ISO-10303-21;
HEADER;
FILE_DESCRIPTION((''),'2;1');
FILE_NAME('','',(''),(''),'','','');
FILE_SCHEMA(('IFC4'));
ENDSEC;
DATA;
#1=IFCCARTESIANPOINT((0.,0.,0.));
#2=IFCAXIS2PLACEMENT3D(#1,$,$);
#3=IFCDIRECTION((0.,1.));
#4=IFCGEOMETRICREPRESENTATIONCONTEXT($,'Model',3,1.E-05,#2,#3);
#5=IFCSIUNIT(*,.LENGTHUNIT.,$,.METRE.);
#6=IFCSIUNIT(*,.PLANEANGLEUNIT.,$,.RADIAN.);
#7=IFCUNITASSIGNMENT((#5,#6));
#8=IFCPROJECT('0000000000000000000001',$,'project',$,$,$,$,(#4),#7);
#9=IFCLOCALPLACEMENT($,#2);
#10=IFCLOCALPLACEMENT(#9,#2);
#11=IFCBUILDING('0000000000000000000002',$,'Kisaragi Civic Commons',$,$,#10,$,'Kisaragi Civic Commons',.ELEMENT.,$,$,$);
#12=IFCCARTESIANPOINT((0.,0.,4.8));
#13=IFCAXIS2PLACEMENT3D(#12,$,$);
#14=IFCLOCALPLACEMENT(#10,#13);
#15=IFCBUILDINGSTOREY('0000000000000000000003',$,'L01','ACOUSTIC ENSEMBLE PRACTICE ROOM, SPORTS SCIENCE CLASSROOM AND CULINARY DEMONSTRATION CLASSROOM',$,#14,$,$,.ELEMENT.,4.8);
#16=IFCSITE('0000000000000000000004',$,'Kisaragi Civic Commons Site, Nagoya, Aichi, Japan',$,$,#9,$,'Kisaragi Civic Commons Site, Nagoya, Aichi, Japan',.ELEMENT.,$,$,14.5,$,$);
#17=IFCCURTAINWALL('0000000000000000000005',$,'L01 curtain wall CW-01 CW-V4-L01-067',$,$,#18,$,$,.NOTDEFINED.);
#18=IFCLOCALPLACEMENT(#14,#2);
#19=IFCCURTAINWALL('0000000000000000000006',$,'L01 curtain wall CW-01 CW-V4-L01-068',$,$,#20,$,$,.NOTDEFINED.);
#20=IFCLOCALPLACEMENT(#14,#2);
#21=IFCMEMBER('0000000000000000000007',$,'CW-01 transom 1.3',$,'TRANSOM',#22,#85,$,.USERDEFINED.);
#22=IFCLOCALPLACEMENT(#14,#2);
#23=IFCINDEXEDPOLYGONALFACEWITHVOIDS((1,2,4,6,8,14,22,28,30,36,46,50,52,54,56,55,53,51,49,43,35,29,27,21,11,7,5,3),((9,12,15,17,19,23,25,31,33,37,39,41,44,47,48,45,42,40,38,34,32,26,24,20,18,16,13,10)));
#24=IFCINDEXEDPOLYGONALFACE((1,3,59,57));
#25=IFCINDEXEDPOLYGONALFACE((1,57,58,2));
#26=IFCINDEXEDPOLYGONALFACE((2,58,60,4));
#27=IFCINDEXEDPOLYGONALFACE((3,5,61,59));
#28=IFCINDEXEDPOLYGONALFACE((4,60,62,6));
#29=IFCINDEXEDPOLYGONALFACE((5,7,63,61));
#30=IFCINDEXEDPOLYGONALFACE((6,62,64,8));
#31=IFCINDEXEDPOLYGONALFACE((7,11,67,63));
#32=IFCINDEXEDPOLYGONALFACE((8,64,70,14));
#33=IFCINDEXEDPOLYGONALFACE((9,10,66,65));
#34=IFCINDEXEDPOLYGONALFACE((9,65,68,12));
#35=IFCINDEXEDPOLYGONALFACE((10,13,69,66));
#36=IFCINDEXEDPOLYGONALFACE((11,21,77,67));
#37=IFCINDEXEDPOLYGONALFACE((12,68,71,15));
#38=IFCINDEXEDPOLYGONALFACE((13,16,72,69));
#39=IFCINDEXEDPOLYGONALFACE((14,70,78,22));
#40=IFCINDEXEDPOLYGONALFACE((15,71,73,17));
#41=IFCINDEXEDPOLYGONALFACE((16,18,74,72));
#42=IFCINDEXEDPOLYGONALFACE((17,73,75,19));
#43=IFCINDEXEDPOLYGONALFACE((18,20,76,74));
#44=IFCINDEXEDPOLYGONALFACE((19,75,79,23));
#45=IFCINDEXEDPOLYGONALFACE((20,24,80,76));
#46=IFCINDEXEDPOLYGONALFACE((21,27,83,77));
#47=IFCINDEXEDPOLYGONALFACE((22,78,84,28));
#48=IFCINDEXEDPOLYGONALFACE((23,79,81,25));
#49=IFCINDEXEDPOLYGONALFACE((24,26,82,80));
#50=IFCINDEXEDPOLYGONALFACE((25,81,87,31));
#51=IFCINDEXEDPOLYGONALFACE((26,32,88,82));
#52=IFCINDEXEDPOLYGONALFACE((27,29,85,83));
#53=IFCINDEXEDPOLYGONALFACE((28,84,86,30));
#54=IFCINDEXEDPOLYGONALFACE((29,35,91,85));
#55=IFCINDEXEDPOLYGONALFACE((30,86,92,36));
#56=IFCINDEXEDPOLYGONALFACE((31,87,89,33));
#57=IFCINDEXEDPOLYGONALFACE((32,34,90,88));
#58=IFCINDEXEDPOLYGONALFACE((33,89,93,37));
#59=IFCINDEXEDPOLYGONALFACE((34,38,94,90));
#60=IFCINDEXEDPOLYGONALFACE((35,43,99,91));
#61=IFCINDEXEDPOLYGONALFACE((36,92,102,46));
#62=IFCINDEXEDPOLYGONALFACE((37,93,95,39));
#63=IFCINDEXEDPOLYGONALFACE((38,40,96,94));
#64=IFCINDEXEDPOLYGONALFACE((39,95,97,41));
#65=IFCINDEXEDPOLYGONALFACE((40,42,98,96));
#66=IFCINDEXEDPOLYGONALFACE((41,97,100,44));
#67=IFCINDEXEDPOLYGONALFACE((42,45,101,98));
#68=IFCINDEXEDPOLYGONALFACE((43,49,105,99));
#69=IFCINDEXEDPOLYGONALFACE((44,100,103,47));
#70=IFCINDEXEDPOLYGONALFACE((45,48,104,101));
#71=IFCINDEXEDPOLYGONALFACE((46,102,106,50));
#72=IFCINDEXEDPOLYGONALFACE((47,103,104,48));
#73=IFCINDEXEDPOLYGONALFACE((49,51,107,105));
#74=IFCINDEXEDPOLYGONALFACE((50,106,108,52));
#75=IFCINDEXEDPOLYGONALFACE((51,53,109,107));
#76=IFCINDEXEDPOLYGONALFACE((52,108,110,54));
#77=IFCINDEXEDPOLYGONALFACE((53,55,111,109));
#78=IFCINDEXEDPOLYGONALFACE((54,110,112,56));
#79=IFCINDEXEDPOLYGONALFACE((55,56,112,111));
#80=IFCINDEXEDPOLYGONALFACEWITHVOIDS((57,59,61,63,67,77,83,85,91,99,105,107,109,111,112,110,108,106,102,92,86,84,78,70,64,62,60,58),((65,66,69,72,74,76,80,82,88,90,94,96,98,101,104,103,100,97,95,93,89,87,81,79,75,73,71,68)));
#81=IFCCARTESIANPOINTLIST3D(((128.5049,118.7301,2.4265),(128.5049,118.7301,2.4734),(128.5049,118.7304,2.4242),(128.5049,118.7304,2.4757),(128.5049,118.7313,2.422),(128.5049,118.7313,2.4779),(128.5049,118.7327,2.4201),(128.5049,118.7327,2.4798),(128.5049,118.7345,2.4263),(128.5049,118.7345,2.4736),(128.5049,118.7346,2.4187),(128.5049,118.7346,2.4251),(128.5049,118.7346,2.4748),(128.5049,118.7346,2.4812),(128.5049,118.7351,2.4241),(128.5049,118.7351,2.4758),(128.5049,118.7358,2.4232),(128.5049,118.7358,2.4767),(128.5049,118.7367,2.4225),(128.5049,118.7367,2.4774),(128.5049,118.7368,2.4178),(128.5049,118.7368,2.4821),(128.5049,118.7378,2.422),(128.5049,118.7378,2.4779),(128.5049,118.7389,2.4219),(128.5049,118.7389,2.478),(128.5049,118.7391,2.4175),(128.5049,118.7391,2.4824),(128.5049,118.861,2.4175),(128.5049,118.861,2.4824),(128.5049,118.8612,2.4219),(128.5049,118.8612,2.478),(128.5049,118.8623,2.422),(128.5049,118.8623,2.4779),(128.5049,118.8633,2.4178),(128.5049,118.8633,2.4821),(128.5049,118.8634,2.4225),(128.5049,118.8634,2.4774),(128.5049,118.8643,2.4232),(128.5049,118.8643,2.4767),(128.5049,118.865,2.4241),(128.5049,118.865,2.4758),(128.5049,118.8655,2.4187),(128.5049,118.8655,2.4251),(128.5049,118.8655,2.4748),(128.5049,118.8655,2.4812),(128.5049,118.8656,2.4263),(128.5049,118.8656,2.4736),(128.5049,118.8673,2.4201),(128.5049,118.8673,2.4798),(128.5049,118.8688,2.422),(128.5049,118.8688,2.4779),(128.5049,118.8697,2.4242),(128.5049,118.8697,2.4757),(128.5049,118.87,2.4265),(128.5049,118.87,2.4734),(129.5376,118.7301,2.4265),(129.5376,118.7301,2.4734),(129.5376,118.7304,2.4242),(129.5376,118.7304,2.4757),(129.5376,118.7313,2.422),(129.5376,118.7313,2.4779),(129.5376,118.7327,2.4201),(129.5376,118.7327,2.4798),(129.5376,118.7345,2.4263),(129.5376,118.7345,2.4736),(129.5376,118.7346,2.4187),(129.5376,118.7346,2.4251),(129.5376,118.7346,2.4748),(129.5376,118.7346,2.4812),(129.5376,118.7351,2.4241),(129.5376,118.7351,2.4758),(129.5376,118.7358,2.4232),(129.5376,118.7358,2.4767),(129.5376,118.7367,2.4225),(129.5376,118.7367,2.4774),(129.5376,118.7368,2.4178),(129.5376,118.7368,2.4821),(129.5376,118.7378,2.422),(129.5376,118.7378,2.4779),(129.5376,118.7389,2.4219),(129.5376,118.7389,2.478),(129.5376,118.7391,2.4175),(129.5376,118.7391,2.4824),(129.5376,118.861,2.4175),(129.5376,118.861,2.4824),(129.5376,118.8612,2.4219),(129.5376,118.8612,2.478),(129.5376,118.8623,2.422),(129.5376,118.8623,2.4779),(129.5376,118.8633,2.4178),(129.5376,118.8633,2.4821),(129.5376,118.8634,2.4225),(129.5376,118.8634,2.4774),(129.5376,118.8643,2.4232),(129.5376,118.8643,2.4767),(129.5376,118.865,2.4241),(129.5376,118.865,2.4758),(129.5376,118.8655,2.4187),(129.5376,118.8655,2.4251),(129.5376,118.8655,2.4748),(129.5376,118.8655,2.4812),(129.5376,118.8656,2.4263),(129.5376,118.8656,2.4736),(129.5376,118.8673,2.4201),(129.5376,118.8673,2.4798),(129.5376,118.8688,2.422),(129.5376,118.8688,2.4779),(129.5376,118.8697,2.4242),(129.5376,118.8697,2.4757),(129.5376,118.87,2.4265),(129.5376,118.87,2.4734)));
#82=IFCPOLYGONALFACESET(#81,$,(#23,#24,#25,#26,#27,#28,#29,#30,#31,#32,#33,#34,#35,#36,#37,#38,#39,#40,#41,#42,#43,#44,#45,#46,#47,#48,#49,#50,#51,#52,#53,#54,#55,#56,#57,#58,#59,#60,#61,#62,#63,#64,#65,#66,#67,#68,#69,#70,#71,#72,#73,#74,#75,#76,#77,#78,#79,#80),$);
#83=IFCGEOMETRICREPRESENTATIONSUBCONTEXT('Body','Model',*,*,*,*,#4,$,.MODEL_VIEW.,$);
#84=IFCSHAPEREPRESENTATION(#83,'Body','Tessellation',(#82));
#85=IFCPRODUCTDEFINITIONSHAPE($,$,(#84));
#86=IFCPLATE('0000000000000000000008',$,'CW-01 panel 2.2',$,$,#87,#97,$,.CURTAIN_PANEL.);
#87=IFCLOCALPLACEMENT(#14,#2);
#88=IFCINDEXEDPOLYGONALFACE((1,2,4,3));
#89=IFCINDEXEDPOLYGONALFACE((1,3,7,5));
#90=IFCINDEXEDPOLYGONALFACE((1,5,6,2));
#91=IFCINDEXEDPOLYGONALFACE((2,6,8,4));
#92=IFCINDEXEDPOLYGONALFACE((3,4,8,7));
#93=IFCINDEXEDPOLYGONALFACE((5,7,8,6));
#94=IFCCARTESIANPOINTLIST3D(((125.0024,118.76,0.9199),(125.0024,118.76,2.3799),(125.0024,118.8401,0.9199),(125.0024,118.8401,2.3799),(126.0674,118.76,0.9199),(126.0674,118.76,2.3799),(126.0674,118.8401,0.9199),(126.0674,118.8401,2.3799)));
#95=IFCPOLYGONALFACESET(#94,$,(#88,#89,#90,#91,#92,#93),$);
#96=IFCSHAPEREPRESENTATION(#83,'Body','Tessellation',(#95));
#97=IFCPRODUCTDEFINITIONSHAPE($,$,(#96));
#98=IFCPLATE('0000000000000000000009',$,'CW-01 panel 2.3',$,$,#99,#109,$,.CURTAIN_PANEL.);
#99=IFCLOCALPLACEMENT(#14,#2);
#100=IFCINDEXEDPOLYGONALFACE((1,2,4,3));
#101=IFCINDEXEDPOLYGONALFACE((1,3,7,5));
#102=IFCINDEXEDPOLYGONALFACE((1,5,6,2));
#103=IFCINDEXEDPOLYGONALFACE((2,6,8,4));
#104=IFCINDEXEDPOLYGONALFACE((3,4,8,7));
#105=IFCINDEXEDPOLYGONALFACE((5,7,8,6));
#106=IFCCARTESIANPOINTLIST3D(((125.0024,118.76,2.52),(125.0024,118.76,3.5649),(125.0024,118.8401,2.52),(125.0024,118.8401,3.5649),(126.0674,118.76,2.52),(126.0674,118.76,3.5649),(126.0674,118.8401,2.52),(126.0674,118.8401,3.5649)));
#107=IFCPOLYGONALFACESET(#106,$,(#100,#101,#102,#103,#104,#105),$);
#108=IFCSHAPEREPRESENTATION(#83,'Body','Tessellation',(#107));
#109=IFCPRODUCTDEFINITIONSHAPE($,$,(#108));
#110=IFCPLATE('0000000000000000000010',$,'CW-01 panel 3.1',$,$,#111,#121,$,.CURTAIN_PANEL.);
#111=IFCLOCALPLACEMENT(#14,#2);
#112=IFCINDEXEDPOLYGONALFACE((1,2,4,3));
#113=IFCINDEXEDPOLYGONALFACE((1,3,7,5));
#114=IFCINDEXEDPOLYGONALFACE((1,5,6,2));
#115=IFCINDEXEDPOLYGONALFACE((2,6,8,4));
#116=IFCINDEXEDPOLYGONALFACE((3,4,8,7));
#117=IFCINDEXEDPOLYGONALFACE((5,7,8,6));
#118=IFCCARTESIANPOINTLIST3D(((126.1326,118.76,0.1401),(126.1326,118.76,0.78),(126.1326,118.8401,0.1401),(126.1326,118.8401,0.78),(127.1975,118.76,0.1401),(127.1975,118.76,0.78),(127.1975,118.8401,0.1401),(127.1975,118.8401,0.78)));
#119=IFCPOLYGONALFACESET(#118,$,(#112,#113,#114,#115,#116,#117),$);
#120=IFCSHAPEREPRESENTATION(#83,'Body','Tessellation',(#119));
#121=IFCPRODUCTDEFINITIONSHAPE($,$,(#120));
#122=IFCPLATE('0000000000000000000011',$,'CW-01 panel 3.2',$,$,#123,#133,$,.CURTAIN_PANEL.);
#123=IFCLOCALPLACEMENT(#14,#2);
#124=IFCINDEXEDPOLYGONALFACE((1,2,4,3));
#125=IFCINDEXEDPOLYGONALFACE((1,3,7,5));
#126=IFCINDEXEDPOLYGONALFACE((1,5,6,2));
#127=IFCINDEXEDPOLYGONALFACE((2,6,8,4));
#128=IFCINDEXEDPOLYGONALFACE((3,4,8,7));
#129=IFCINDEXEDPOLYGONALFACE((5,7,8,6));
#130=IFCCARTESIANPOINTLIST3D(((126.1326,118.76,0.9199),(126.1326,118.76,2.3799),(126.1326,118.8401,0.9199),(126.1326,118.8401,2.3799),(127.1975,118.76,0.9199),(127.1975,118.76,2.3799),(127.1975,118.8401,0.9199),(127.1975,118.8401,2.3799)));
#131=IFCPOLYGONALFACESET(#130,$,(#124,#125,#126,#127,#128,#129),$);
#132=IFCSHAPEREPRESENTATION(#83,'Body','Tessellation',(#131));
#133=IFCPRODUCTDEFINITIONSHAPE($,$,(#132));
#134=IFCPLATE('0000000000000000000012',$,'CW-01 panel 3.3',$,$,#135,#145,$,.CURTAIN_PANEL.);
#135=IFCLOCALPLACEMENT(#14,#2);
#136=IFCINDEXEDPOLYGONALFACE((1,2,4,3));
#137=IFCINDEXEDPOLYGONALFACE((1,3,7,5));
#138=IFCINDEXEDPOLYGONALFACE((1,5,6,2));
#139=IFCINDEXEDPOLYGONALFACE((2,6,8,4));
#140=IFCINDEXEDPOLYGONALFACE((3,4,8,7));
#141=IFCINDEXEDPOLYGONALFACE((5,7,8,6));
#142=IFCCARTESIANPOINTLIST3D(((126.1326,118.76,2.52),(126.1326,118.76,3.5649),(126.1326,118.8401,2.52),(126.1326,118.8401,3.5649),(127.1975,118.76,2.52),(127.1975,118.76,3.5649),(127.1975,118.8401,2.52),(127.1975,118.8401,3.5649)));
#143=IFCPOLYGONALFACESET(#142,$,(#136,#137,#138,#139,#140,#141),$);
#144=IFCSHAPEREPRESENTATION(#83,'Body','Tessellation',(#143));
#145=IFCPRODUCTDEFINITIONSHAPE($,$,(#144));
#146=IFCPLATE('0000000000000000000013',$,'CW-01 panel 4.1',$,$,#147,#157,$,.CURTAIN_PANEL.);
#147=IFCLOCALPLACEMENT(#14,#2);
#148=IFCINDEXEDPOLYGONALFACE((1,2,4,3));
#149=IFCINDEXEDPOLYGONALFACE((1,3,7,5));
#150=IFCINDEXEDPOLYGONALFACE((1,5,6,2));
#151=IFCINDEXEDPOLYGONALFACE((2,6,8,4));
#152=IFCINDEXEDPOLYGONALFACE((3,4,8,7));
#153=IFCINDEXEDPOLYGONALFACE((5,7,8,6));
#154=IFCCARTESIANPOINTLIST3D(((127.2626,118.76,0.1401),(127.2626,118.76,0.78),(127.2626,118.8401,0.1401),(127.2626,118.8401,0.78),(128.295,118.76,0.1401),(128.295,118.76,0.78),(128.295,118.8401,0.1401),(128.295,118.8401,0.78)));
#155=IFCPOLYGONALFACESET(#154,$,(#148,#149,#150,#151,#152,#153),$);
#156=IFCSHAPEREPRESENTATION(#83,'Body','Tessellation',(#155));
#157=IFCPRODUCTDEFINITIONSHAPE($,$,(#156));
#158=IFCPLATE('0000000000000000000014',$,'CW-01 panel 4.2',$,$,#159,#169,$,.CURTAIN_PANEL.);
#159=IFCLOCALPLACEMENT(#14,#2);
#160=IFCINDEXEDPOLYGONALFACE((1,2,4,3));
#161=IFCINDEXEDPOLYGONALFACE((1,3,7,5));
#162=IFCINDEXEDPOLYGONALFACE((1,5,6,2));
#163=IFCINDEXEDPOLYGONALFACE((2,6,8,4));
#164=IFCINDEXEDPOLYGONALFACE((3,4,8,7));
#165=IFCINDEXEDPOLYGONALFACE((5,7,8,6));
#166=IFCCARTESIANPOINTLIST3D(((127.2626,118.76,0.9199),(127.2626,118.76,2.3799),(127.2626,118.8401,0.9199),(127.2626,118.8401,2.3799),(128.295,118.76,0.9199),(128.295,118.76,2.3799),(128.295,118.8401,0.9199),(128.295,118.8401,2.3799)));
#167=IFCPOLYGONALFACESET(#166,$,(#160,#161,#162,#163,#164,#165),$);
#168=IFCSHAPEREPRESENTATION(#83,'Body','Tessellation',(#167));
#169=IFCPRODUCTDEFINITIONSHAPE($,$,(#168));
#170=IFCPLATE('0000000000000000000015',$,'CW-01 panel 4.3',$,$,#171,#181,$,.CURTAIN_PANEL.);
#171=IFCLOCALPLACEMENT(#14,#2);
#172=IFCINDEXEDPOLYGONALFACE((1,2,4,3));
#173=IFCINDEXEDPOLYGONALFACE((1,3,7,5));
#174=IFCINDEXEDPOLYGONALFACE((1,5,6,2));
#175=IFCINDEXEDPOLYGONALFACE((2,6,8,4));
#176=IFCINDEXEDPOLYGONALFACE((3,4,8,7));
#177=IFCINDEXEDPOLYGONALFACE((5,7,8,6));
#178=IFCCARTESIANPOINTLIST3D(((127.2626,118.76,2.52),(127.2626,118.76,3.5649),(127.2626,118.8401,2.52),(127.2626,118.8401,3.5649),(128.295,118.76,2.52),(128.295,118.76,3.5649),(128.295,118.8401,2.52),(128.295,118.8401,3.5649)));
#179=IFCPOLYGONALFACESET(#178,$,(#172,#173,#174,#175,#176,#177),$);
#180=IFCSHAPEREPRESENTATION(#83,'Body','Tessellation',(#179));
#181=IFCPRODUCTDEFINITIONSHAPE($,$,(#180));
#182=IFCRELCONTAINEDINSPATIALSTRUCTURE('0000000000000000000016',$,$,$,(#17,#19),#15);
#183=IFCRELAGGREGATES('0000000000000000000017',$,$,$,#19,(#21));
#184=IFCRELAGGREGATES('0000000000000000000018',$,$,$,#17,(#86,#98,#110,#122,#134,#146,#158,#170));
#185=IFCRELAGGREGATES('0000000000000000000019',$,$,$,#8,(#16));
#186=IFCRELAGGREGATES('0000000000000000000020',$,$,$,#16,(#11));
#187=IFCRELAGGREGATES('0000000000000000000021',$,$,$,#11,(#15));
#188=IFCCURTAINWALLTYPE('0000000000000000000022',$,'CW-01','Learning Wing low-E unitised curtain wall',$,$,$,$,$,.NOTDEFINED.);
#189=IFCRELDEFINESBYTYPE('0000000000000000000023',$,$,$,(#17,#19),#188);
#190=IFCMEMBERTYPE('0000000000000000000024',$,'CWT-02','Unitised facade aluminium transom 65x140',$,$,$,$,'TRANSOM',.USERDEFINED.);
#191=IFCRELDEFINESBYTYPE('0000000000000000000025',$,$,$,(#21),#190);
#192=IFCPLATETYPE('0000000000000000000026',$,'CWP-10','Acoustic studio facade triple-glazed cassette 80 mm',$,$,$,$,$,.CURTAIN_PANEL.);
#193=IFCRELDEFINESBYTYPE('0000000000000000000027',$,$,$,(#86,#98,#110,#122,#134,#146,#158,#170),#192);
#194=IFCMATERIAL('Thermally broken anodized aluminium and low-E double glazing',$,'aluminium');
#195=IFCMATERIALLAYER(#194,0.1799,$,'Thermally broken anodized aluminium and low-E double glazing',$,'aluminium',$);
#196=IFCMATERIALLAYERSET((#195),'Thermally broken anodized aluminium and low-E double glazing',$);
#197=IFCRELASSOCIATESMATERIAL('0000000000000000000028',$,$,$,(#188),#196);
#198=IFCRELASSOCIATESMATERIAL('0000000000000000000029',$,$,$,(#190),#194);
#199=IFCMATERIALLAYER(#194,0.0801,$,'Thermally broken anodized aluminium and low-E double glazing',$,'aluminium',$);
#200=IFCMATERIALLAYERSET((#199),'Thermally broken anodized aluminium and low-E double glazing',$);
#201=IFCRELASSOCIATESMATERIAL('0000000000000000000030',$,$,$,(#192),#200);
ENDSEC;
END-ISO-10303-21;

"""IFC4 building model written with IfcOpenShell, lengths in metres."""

from ifc_helpers import new_model, si_unit, direction, frame, origin, origin_2d, place, context, subcontext, project, spatial, rectangle, hollow_rectangle, extrude, material, layer, layer_set, material_profile, profile_set, type_object, element, aggregate, save


model = new_model("IFC4")

# Units and contexts
model_context = context("Model", 3, precision=1e-05, world=origin(), true_north=direction((0.0, 1.0)))
body_context = subcontext(model_context, "Body", "Model", "MODEL_VIEW")
ifc_project = project(units=[si_unit("LENGTHUNIT", "METRE"), si_unit("PLANEANGLEUNIT", "RADIAN")], contexts=[model_context])

# Site, building, storey
site_placement = place(None, origin())
site = spatial("IfcSite", under=ifc_project, at=site_placement, Name="Kisaragi Civic Commons Site, Nagoya, Aichi, Japan", LongName="Kisaragi Civic Commons Site, Nagoya, Aichi, Japan", CompositionType="ELEMENT", RefElevation=14.5)
building_placement = place(site_placement, origin())
building = spatial("IfcBuilding", under=site, at=building_placement, Name="Kisaragi Civic Commons", LongName="Kisaragi Civic Commons", CompositionType="ELEMENT")
storey_placement = place(building_placement, frame((0.0, 0.0, 4.8)))
storey = spatial("IfcBuildingStorey", under=building, at=storey_placement, Name="L01", Description="ACOUSTIC ENSEMBLE PRACTICE ROOM, SPORTS SCIENCE CLASSROOM AND CULINARY DEMONSTRATION CLASSROOM", CompositionType="ELEMENT", Elevation=4.8)

# Curtain wall
ifc_material = material(Name="Thermally broken anodized aluminium and low-E double glazing", Category="aluminium")
ifc_layer_1 = layer(ifc_material, 0.1799, Name="Thermally broken anodized aluminium and low-E double glazing", Category="aluminium")
ifc_layer_set_1 = layer_set([ifc_layer_1], Name="Thermally broken anodized aluminium and low-E double glazing")
curtain_wall_type = type_object("IfcCurtainWallType", Name="CW-01", Description="Learning Wing low-E unitised curtain wall", PredefinedType="NOTDEFINED", material=ifc_layer_set_1)
curtain_wall_1_placement = place(storey_placement, origin())
curtain_wall_1 = element("IfcCurtainWall", 1, at=curtain_wall_1_placement, inside=storey, type_object=curtain_wall_type, Name="L01 curtain wall CW-01 CW-V4-L01-067", PredefinedType="NOTDEFINED")

# Curtain wall
curtain_wall_2_placement = place(storey_placement, origin())
curtain_wall_2 = element("IfcCurtainWall", 2, at=curtain_wall_2_placement, inside=storey, type_object=curtain_wall_type, Name="L01 curtain wall CW-01 CW-V4-L01-068", PredefinedType="NOTDEFINED")

# Member
ifc_material_profile_1 = material_profile(ifc_material, hollow_rectangle(XDim=0.1399, YDim=0.0649, WallThickness=0.0044, InnerFilletRadius=0.0044, OuterFilletRadius=0.009, at=origin_2d()), Name="CWT-65x140x4.5", Category="aluminium")
ifc_profile_set_1 = profile_set([ifc_material_profile_1], Name="Thermally broken anodized aluminium and low-E double glazing")
member_type_1 = type_object("IfcMemberType", Name="CWT-02", Description="Unitised facade aluminium transom 65x140", ElementType="TRANSOM", PredefinedType="USERDEFINED", material=ifc_profile_set_1)
member_1_placement = place(storey_placement, frame((128.5049, 118.8, 2.45), z_axis=(1.0, 0.0, 0.0), x_axis=(0.0, 1.0, 0.0)))
member_1 = element("IfcMember", 3, at=member_1_placement, type_object=member_type_1, Name="CW-01 transom 1.3", ObjectType="TRANSOM", PredefinedType="USERDEFINED", context=body_context, shape_type="SweptSolid", body=[
    extrude(hollow_rectangle(XDim=0.1399, YDim=0.0649, WallThickness=0.0044, InnerFilletRadius=0.0044, OuterFilletRadius=0.009, at=origin_2d()), origin(), (0.0, 0.0, 1.0), 1.0327),
])
aggregate(curtain_wall_2, [member_1])

# Plates
ifc_layer_2 = layer(ifc_material, 0.0801, Name="Thermally broken anodized aluminium and low-E double glazing", Category="aluminium")
ifc_layer_set_2 = layer_set([ifc_layer_2], Name="Thermally broken anodized aluminium and low-E double glazing")
plate_type = type_object("IfcPlateType", Name="CWP-10", Description="Acoustic studio facade triple-glazed cassette 80 mm", PredefinedType="CURTAIN_PANEL", material=ifc_layer_set_2)
plate_1_placement = place(storey_placement, frame((125.5349, 118.8, 0.9199), z_axis=(0.0, 0.0, 1.0), x_axis=(1.0, 0.0, 0.0)))
plate_1 = element("IfcPlate", 4, at=plate_1_placement, type_object=plate_type, Name="CW-01 panel 2.2", PredefinedType="CURTAIN_PANEL", context=body_context, shape_type="SweptSolid", body=[
    extrude(rectangle(XDim=1.0649, YDim=0.0801, at=origin_2d()), origin(), (0.0, 0.0, 1.0), 1.46),
])
plate_2_placement = place(storey_placement, frame((125.5349, 118.8, 2.52), z_axis=(0.0, 0.0, 1.0), x_axis=(1.0, 0.0, 0.0)))
plate_2 = element("IfcPlate", 5, at=plate_2_placement, type_object=plate_type, Name="CW-01 panel 2.3", PredefinedType="CURTAIN_PANEL", context=body_context, shape_type="SweptSolid", body=[
    extrude(rectangle(XDim=1.0649, YDim=0.0801, at=origin_2d()), origin(), (0.0, 0.0, 1.0), 1.0449),
])
plate_3_placement = place(storey_placement, frame((126.665, 118.8, 0.1401), z_axis=(0.0, 0.0, 1.0), x_axis=(1.0, 0.0, 0.0)))
plate_3 = element("IfcPlate", 6, at=plate_3_placement, type_object=plate_type, Name="CW-01 panel 3.1", PredefinedType="CURTAIN_PANEL", context=body_context, shape_type="SweptSolid", body=[
    extrude(rectangle(XDim=1.0649, YDim=0.0801, at=origin_2d()), origin(), (0.0, 0.0, 1.0), 0.6399),
])
plate_4_placement = place(storey_placement, frame((126.665, 118.8, 0.9199), z_axis=(0.0, 0.0, 1.0), x_axis=(1.0, 0.0, 0.0)))
plate_4 = element("IfcPlate", 7, at=plate_4_placement, type_object=plate_type, Name="CW-01 panel 3.2", PredefinedType="CURTAIN_PANEL", context=body_context, shape_type="SweptSolid", body=[
    extrude(rectangle(XDim=1.0649, YDim=0.0801, at=origin_2d()), origin(), (0.0, 0.0, 1.0), 1.46),
])
plate_5_placement = place(storey_placement, frame((126.665, 118.8, 2.52), z_axis=(0.0, 0.0, 1.0), x_axis=(1.0, 0.0, 0.0)))
plate_5 = element("IfcPlate", 8, at=plate_5_placement, type_object=plate_type, Name="CW-01 panel 3.3", PredefinedType="CURTAIN_PANEL", context=body_context, shape_type="SweptSolid", body=[
    extrude(rectangle(XDim=1.0649, YDim=0.0801, at=origin_2d()), origin(), (0.0, 0.0, 1.0), 1.0449),
])
plate_6_placement = place(storey_placement, frame((127.7788, 118.8, 0.1401), z_axis=(0.0, 0.0, 1.0), x_axis=(1.0, 0.0, 0.0)))
plate_6 = element("IfcPlate", 9, at=plate_6_placement, type_object=plate_type, Name="CW-01 panel 4.1", PredefinedType="CURTAIN_PANEL", context=body_context, shape_type="SweptSolid", body=[
    extrude(rectangle(XDim=1.0325, YDim=0.0801, at=origin_2d()), origin(), (0.0, 0.0, 1.0), 0.6399),
])
plate_7_placement = place(storey_placement, frame((127.7788, 118.8, 0.9199), z_axis=(0.0, 0.0, 1.0), x_axis=(1.0, 0.0, 0.0)))
plate_7 = element("IfcPlate", 10, at=plate_7_placement, type_object=plate_type, Name="CW-01 panel 4.2", PredefinedType="CURTAIN_PANEL", context=body_context, shape_type="SweptSolid", body=[
    extrude(rectangle(XDim=1.0325, YDim=0.0801, at=origin_2d()), origin(), (0.0, 0.0, 1.0), 1.46),
])
plate_8_placement = place(storey_placement, frame((127.7788, 118.8, 2.52), z_axis=(0.0, 0.0, 1.0), x_axis=(1.0, 0.0, 0.0)))
plate_8 = element("IfcPlate", 11, at=plate_8_placement, type_object=plate_type, Name="CW-01 panel 4.3", PredefinedType="CURTAIN_PANEL", context=body_context, shape_type="SweptSolid", body=[
    extrude(rectangle(XDim=1.0325, YDim=0.0801, at=origin_2d()), origin(), (0.0, 0.0, 1.0), 1.0449),
])
aggregate(curtain_wall_1, [plate_1, plate_2, plate_3, plate_4, plate_5, plate_6, plate_7, plate_8])

save(model, "model.ifc")
